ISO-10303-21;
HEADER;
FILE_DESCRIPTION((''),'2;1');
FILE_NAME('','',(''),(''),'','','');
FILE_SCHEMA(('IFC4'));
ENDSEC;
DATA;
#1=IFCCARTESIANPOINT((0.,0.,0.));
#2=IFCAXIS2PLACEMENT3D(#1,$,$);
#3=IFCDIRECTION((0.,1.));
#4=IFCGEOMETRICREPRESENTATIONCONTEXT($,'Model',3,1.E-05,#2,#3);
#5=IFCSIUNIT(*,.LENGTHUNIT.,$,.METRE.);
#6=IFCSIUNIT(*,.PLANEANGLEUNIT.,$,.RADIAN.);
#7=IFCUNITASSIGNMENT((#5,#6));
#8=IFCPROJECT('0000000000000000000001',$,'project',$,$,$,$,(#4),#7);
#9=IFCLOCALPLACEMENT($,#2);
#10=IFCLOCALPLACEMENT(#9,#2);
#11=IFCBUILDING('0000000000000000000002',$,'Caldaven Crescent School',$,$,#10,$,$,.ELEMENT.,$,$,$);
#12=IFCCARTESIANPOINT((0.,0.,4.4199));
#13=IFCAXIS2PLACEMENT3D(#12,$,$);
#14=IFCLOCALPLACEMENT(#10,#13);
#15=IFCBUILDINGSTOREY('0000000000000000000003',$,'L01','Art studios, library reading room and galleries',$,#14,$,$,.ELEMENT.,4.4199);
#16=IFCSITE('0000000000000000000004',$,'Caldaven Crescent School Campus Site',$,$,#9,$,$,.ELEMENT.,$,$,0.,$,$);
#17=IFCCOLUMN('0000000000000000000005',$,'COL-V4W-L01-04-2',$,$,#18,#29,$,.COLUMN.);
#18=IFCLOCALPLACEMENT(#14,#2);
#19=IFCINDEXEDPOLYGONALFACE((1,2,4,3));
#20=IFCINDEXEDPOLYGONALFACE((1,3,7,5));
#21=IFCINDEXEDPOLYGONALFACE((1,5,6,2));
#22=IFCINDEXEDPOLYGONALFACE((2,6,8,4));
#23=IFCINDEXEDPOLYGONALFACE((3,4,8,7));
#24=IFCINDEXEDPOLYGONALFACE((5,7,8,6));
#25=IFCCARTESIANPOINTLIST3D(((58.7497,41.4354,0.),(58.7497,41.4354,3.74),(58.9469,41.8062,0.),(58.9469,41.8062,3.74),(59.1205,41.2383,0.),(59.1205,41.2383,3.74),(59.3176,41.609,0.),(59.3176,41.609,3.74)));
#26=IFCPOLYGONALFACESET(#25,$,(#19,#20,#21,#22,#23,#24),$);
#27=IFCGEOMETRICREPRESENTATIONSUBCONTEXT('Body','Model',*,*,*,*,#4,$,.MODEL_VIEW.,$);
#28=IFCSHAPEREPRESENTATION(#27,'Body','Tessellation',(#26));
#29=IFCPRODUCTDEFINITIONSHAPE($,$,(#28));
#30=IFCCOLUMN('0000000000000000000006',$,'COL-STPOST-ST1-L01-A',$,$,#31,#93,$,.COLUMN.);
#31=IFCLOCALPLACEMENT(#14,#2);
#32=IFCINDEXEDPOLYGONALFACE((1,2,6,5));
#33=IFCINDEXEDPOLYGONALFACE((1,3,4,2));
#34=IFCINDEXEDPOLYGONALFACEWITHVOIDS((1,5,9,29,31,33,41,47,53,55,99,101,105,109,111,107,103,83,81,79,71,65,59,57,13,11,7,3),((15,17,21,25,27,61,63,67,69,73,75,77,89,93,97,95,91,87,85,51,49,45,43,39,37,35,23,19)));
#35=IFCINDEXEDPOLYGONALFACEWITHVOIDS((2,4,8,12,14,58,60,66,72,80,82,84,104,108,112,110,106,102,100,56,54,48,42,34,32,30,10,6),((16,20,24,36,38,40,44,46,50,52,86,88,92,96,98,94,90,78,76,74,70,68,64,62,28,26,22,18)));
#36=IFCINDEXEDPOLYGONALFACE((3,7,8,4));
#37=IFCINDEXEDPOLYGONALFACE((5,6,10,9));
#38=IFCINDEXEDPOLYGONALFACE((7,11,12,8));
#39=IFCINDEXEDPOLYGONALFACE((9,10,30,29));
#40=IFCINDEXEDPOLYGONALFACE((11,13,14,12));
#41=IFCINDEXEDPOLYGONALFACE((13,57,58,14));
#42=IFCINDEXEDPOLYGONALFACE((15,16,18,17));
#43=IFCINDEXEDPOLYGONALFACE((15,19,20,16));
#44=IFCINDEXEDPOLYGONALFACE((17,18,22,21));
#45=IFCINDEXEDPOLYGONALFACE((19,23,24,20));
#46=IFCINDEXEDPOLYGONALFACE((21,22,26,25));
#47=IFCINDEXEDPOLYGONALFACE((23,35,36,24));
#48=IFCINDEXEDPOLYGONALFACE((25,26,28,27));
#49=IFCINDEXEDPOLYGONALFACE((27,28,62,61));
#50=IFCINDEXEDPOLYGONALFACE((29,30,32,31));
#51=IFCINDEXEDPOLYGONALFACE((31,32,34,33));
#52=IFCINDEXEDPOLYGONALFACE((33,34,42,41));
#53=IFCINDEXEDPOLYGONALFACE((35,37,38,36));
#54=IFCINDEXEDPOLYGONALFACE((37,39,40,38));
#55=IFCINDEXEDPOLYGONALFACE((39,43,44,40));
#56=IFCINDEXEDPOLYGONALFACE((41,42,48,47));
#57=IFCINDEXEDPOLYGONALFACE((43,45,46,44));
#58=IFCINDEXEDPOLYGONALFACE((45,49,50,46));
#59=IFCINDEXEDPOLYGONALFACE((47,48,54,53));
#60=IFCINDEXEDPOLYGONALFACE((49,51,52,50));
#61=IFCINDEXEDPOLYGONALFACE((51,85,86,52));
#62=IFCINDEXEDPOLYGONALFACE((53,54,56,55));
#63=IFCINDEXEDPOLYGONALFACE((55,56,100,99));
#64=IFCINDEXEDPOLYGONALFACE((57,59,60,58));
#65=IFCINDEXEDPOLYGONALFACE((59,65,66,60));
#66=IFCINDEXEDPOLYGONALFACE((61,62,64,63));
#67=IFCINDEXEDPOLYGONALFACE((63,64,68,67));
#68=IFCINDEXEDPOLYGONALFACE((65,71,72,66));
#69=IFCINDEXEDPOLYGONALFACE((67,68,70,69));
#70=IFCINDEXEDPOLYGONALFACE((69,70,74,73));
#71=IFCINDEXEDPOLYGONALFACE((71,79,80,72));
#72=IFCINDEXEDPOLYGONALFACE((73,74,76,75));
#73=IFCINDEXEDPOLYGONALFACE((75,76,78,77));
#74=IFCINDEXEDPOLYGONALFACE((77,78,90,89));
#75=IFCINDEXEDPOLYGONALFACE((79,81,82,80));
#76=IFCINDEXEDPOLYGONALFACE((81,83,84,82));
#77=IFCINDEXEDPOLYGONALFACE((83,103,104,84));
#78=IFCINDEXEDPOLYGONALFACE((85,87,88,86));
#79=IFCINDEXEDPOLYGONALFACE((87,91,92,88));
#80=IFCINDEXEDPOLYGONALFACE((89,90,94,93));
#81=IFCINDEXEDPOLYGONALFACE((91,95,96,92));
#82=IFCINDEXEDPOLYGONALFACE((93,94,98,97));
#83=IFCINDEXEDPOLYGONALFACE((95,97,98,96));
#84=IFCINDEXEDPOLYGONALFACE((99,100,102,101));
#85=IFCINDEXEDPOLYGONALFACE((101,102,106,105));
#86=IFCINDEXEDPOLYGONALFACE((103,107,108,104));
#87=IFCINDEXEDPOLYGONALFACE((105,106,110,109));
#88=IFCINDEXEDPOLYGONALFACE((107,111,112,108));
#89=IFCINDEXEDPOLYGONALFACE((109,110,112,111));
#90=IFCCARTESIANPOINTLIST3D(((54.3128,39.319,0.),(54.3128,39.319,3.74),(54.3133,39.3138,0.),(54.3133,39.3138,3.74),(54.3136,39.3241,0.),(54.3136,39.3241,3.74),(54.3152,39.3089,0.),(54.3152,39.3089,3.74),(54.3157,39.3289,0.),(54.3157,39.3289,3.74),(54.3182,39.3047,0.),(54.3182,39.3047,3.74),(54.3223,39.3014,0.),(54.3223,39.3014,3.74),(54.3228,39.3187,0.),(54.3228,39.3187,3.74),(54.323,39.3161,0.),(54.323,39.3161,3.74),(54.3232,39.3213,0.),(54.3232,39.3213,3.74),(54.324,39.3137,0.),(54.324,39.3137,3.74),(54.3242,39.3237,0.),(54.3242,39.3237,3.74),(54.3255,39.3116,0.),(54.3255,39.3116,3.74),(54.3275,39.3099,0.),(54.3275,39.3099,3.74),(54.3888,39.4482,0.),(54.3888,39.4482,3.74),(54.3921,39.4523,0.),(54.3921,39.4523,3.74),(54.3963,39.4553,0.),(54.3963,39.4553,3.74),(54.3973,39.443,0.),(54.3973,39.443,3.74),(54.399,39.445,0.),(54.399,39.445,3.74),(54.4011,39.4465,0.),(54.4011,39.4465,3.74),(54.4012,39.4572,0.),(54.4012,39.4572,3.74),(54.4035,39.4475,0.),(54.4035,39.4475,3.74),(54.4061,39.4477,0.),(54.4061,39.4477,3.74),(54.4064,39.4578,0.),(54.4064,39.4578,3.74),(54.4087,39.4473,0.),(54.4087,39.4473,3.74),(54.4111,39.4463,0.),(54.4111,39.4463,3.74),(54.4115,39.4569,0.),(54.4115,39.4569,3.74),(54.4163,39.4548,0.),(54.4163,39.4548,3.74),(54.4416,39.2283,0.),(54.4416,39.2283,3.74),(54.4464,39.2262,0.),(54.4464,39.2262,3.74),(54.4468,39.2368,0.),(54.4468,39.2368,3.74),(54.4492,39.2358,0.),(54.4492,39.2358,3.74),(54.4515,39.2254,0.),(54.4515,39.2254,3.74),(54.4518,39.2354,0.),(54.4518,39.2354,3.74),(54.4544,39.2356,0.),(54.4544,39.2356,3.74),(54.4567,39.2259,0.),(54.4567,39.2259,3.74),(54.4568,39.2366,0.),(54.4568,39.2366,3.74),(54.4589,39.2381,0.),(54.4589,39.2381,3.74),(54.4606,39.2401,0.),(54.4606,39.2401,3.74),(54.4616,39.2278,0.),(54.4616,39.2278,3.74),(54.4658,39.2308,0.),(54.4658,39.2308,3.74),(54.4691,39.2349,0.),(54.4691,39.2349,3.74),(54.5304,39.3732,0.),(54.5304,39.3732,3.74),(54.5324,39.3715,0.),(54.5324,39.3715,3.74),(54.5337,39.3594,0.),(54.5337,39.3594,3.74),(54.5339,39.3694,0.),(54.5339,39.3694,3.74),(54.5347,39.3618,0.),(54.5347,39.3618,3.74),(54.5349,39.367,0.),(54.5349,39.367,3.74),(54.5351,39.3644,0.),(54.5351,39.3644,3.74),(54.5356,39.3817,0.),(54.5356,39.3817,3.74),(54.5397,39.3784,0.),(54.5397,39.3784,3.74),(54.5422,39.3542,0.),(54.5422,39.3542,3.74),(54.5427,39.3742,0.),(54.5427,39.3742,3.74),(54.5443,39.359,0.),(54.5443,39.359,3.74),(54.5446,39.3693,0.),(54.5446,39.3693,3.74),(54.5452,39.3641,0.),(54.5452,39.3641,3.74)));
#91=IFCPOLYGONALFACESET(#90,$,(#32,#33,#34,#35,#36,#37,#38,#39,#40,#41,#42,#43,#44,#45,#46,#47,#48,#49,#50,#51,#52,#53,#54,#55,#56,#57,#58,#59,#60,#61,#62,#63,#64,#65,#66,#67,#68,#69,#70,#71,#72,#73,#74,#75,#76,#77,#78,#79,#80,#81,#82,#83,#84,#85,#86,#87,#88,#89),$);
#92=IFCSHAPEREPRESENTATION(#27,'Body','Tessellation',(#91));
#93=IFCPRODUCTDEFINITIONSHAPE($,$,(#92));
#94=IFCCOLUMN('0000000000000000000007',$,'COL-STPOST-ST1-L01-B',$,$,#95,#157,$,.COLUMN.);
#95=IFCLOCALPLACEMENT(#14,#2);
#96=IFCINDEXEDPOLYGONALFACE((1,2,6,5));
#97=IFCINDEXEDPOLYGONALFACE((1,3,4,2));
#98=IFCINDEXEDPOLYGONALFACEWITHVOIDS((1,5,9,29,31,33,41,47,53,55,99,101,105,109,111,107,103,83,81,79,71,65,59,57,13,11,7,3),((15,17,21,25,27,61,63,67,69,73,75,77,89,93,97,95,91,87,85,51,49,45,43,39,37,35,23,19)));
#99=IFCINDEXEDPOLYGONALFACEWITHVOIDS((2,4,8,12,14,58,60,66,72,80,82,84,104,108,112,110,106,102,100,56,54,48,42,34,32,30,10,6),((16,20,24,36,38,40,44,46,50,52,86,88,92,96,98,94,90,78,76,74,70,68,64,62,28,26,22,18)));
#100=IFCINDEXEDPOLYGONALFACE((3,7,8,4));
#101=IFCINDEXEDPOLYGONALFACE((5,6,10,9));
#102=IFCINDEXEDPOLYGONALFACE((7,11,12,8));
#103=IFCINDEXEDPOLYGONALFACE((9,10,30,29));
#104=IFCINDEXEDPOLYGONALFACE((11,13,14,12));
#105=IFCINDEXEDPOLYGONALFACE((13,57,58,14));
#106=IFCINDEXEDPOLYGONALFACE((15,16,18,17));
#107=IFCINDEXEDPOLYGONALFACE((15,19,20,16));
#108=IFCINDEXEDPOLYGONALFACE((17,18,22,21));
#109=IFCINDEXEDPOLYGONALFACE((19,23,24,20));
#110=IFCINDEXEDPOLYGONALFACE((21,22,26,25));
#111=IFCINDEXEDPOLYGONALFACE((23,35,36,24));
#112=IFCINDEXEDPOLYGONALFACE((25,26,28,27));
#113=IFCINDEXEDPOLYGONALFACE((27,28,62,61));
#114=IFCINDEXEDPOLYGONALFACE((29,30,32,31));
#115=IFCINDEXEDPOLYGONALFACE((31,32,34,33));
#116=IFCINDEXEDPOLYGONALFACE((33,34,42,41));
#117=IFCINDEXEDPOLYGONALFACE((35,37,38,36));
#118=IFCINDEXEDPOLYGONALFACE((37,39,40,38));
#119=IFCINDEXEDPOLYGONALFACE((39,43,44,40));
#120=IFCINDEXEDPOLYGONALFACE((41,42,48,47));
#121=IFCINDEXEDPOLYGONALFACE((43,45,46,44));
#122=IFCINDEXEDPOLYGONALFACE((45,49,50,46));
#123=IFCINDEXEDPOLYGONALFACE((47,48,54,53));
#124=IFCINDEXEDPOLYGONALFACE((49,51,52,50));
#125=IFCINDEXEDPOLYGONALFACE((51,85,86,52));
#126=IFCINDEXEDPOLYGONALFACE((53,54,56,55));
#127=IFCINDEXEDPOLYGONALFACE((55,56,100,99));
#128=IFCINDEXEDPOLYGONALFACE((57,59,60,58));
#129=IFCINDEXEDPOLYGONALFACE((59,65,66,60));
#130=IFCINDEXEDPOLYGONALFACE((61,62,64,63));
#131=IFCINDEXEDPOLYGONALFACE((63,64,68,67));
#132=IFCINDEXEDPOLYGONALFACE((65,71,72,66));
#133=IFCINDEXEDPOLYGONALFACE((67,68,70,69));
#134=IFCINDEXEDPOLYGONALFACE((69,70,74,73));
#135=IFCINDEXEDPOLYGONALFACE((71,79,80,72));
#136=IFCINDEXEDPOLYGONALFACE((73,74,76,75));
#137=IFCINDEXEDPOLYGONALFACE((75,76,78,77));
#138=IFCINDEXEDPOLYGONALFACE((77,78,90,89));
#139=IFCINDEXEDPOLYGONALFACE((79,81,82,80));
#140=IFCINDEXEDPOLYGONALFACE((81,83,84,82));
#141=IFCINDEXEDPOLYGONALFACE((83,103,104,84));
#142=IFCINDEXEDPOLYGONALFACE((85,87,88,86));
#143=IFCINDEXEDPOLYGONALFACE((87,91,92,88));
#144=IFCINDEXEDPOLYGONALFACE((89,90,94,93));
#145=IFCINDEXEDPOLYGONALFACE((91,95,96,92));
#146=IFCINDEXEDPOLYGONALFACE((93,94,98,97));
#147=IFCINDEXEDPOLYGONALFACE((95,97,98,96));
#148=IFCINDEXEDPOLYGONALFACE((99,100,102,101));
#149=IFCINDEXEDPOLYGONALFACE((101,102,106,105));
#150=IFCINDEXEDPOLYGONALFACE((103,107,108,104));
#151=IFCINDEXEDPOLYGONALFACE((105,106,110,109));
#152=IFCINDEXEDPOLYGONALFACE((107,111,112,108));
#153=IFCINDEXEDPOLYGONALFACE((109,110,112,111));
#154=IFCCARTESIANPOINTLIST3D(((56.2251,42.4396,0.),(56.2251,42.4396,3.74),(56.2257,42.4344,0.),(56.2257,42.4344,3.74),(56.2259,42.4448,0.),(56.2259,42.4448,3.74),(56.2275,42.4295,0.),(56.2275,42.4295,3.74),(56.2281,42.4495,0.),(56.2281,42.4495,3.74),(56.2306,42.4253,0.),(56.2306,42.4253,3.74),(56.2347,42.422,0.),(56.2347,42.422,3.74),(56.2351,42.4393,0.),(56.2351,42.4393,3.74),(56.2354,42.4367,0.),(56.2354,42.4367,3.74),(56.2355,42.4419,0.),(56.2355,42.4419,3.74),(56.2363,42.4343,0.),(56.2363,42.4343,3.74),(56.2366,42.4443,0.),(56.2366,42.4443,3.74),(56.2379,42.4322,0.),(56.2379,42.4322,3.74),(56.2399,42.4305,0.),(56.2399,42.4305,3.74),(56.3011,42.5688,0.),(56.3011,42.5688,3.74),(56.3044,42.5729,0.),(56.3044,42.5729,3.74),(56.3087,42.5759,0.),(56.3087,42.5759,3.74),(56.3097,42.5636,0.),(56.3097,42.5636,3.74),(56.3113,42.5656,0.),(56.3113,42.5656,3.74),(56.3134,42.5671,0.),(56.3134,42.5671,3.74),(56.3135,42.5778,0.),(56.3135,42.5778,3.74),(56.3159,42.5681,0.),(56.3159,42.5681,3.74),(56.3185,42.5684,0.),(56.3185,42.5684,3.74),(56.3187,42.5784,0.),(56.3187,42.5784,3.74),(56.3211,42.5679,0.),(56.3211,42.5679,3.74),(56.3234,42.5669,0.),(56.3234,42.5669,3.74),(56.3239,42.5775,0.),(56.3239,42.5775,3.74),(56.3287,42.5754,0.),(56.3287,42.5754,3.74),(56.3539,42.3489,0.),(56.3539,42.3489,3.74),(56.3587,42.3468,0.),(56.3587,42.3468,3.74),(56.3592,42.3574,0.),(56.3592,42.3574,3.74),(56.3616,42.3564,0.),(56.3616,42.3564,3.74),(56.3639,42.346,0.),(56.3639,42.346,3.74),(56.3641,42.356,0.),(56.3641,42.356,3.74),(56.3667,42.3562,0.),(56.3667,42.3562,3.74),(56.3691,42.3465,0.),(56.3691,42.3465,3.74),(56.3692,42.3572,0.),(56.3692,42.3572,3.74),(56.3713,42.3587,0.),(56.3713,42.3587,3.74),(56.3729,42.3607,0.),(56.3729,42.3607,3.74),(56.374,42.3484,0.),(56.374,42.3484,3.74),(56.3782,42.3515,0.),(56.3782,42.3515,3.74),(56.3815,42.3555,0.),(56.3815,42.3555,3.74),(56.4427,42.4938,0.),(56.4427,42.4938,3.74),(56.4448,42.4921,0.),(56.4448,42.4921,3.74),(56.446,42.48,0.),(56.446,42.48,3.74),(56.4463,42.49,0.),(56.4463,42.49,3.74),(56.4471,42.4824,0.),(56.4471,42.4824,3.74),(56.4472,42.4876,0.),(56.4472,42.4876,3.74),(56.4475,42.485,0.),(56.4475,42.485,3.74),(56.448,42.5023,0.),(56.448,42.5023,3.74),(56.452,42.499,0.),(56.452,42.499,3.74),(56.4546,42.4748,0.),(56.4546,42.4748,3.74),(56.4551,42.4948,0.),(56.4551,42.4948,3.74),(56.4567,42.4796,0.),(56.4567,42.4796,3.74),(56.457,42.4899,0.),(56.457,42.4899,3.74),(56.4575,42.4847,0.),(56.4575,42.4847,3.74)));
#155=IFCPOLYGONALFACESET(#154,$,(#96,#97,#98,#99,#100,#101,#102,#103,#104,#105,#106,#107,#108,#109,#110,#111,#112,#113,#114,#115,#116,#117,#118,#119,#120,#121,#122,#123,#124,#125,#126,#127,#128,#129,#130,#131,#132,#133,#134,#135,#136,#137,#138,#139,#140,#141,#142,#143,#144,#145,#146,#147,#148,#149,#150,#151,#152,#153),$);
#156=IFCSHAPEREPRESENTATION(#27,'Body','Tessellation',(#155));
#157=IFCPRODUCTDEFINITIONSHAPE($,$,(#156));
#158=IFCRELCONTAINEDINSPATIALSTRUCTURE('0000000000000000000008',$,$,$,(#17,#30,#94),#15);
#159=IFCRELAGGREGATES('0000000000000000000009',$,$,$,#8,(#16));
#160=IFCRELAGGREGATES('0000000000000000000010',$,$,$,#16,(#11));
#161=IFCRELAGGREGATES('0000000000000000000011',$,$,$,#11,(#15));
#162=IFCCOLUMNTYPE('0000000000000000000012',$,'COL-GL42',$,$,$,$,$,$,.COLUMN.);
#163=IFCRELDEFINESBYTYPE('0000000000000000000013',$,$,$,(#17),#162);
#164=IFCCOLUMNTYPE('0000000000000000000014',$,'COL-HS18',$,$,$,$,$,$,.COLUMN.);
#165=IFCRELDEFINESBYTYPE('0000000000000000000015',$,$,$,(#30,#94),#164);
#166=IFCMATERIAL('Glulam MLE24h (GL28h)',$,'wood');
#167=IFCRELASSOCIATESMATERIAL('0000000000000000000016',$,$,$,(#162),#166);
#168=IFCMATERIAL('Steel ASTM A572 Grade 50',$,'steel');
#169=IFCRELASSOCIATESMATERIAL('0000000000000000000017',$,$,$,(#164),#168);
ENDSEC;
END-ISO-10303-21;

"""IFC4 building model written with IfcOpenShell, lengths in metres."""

from ifc_helpers import new_model, si_unit, direction, frame, origin, origin_2d, place, context, subcontext, project, spatial, rectangle, hollow_rectangle, extrude, material, material_profile, profile_set, type_object, element, save


model = new_model("IFC4")

# Units and contexts
model_context = context("Model", 3, precision=1e-05, world=origin(), true_north=direction((0.0, 1.0)))
body_context = subcontext(model_context, "Body", "Model", "MODEL_VIEW")
ifc_project = project(units=[si_unit("LENGTHUNIT", "METRE"), si_unit("PLANEANGLEUNIT", "RADIAN")], contexts=[model_context])

# Site, building, storey
site_placement = place(None, origin())
site = spatial("IfcSite", under=ifc_project, at=site_placement, Name="Caldaven Crescent School Campus Site", CompositionType="ELEMENT", RefElevation=0.0)
building_placement = place(site_placement, origin())
building = spatial("IfcBuilding", under=site, at=building_placement, Name="Caldaven Crescent School", CompositionType="ELEMENT")
storey_placement = place(building_placement, frame((0.0, 0.0, 4.4199)))
storey = spatial("IfcBuildingStorey", under=building, at=storey_placement, Name="L01", Description="Art studios, library reading room and galleries", CompositionType="ELEMENT", Elevation=4.4199)

# Columns
ifc_material_1 = material(Name="Glulam MLE24h (GL28h)", Category="wood")
ifc_material_profile_1 = material_profile(ifc_material_1, rectangle(XDim=0.4199, YDim=0.4199, at=origin_2d()), Name="MLE 420x420")
ifc_profile_set_1 = profile_set([ifc_material_profile_1], Name="Glulam MLE24h (GL28h)")
column_type_1 = type_object("IfcColumnType", Name="COL-GL42", PredefinedType="COLUMN", material=ifc_profile_set_1)
column_placement = place(storey_placement, frame((59.0337, 41.5222, 0.0), z_axis=(0.0, 0.0, 1.0), x_axis=(-0.469472, -0.882948, 0.0)))
element("IfcColumn", 1, at=column_placement, inside=storey, type_object=column_type_1, Name="COL-V4W-L01-04-2", PredefinedType="COLUMN", context=body_context, shape_type="SweptSolid", body=[
    extrude(rectangle(XDim=0.4199, YDim=0.4199, at=origin_2d()), origin(), (0.0, 0.0, 1.0), 3.74),
])
ifc_material_2 = material(Name="Steel ASTM A572 Grade 50", Category="steel")
ifc_material_profile_2 = material_profile(ifc_material_2, hollow_rectangle(XDim=0.1799, YDim=0.1799, WallThickness=0.01, InnerFilletRadius=0.01, OuterFilletRadius=0.02, at=origin_2d()), Name="HSS 180x180x10")
ifc_profile_set_2 = profile_set([ifc_material_profile_2], Name="Steel ASTM A572 Grade 50")
column_type_2 = type_object("IfcColumnType", Name="COL-HS18", PredefinedType="COLUMN", material=ifc_profile_set_2)
for number, where, z_axis, x_axis, name in (
    (2, (54.429, 39.3416, 0.0), (0.0, 0.0, 1.0), (0.85264, -0.522499, 0.0), "COL-STPOST-ST1-L01-A"),
    (3, (56.3413, 42.4622, 0.0), (0.0, 0.0, 1.0), (0.85264, -0.522499, 0.0), "COL-STPOST-ST1-L01-B"),
):
    element("IfcColumn", number, at=place(storey_placement, frame(where, z_axis=z_axis, x_axis=x_axis)), inside=storey, type_object=column_type_2, Name=name, PredefinedType="COLUMN", context=body_context, shape_type="SweptSolid", body=[
        extrude(hollow_rectangle(XDim=0.1799, YDim=0.1799, WallThickness=0.01, InnerFilletRadius=0.01, OuterFilletRadius=0.02, at=origin_2d()), origin(), (0.0, 0.0, 1.0), 3.74),
    ])

save(model, "model.ifc")
